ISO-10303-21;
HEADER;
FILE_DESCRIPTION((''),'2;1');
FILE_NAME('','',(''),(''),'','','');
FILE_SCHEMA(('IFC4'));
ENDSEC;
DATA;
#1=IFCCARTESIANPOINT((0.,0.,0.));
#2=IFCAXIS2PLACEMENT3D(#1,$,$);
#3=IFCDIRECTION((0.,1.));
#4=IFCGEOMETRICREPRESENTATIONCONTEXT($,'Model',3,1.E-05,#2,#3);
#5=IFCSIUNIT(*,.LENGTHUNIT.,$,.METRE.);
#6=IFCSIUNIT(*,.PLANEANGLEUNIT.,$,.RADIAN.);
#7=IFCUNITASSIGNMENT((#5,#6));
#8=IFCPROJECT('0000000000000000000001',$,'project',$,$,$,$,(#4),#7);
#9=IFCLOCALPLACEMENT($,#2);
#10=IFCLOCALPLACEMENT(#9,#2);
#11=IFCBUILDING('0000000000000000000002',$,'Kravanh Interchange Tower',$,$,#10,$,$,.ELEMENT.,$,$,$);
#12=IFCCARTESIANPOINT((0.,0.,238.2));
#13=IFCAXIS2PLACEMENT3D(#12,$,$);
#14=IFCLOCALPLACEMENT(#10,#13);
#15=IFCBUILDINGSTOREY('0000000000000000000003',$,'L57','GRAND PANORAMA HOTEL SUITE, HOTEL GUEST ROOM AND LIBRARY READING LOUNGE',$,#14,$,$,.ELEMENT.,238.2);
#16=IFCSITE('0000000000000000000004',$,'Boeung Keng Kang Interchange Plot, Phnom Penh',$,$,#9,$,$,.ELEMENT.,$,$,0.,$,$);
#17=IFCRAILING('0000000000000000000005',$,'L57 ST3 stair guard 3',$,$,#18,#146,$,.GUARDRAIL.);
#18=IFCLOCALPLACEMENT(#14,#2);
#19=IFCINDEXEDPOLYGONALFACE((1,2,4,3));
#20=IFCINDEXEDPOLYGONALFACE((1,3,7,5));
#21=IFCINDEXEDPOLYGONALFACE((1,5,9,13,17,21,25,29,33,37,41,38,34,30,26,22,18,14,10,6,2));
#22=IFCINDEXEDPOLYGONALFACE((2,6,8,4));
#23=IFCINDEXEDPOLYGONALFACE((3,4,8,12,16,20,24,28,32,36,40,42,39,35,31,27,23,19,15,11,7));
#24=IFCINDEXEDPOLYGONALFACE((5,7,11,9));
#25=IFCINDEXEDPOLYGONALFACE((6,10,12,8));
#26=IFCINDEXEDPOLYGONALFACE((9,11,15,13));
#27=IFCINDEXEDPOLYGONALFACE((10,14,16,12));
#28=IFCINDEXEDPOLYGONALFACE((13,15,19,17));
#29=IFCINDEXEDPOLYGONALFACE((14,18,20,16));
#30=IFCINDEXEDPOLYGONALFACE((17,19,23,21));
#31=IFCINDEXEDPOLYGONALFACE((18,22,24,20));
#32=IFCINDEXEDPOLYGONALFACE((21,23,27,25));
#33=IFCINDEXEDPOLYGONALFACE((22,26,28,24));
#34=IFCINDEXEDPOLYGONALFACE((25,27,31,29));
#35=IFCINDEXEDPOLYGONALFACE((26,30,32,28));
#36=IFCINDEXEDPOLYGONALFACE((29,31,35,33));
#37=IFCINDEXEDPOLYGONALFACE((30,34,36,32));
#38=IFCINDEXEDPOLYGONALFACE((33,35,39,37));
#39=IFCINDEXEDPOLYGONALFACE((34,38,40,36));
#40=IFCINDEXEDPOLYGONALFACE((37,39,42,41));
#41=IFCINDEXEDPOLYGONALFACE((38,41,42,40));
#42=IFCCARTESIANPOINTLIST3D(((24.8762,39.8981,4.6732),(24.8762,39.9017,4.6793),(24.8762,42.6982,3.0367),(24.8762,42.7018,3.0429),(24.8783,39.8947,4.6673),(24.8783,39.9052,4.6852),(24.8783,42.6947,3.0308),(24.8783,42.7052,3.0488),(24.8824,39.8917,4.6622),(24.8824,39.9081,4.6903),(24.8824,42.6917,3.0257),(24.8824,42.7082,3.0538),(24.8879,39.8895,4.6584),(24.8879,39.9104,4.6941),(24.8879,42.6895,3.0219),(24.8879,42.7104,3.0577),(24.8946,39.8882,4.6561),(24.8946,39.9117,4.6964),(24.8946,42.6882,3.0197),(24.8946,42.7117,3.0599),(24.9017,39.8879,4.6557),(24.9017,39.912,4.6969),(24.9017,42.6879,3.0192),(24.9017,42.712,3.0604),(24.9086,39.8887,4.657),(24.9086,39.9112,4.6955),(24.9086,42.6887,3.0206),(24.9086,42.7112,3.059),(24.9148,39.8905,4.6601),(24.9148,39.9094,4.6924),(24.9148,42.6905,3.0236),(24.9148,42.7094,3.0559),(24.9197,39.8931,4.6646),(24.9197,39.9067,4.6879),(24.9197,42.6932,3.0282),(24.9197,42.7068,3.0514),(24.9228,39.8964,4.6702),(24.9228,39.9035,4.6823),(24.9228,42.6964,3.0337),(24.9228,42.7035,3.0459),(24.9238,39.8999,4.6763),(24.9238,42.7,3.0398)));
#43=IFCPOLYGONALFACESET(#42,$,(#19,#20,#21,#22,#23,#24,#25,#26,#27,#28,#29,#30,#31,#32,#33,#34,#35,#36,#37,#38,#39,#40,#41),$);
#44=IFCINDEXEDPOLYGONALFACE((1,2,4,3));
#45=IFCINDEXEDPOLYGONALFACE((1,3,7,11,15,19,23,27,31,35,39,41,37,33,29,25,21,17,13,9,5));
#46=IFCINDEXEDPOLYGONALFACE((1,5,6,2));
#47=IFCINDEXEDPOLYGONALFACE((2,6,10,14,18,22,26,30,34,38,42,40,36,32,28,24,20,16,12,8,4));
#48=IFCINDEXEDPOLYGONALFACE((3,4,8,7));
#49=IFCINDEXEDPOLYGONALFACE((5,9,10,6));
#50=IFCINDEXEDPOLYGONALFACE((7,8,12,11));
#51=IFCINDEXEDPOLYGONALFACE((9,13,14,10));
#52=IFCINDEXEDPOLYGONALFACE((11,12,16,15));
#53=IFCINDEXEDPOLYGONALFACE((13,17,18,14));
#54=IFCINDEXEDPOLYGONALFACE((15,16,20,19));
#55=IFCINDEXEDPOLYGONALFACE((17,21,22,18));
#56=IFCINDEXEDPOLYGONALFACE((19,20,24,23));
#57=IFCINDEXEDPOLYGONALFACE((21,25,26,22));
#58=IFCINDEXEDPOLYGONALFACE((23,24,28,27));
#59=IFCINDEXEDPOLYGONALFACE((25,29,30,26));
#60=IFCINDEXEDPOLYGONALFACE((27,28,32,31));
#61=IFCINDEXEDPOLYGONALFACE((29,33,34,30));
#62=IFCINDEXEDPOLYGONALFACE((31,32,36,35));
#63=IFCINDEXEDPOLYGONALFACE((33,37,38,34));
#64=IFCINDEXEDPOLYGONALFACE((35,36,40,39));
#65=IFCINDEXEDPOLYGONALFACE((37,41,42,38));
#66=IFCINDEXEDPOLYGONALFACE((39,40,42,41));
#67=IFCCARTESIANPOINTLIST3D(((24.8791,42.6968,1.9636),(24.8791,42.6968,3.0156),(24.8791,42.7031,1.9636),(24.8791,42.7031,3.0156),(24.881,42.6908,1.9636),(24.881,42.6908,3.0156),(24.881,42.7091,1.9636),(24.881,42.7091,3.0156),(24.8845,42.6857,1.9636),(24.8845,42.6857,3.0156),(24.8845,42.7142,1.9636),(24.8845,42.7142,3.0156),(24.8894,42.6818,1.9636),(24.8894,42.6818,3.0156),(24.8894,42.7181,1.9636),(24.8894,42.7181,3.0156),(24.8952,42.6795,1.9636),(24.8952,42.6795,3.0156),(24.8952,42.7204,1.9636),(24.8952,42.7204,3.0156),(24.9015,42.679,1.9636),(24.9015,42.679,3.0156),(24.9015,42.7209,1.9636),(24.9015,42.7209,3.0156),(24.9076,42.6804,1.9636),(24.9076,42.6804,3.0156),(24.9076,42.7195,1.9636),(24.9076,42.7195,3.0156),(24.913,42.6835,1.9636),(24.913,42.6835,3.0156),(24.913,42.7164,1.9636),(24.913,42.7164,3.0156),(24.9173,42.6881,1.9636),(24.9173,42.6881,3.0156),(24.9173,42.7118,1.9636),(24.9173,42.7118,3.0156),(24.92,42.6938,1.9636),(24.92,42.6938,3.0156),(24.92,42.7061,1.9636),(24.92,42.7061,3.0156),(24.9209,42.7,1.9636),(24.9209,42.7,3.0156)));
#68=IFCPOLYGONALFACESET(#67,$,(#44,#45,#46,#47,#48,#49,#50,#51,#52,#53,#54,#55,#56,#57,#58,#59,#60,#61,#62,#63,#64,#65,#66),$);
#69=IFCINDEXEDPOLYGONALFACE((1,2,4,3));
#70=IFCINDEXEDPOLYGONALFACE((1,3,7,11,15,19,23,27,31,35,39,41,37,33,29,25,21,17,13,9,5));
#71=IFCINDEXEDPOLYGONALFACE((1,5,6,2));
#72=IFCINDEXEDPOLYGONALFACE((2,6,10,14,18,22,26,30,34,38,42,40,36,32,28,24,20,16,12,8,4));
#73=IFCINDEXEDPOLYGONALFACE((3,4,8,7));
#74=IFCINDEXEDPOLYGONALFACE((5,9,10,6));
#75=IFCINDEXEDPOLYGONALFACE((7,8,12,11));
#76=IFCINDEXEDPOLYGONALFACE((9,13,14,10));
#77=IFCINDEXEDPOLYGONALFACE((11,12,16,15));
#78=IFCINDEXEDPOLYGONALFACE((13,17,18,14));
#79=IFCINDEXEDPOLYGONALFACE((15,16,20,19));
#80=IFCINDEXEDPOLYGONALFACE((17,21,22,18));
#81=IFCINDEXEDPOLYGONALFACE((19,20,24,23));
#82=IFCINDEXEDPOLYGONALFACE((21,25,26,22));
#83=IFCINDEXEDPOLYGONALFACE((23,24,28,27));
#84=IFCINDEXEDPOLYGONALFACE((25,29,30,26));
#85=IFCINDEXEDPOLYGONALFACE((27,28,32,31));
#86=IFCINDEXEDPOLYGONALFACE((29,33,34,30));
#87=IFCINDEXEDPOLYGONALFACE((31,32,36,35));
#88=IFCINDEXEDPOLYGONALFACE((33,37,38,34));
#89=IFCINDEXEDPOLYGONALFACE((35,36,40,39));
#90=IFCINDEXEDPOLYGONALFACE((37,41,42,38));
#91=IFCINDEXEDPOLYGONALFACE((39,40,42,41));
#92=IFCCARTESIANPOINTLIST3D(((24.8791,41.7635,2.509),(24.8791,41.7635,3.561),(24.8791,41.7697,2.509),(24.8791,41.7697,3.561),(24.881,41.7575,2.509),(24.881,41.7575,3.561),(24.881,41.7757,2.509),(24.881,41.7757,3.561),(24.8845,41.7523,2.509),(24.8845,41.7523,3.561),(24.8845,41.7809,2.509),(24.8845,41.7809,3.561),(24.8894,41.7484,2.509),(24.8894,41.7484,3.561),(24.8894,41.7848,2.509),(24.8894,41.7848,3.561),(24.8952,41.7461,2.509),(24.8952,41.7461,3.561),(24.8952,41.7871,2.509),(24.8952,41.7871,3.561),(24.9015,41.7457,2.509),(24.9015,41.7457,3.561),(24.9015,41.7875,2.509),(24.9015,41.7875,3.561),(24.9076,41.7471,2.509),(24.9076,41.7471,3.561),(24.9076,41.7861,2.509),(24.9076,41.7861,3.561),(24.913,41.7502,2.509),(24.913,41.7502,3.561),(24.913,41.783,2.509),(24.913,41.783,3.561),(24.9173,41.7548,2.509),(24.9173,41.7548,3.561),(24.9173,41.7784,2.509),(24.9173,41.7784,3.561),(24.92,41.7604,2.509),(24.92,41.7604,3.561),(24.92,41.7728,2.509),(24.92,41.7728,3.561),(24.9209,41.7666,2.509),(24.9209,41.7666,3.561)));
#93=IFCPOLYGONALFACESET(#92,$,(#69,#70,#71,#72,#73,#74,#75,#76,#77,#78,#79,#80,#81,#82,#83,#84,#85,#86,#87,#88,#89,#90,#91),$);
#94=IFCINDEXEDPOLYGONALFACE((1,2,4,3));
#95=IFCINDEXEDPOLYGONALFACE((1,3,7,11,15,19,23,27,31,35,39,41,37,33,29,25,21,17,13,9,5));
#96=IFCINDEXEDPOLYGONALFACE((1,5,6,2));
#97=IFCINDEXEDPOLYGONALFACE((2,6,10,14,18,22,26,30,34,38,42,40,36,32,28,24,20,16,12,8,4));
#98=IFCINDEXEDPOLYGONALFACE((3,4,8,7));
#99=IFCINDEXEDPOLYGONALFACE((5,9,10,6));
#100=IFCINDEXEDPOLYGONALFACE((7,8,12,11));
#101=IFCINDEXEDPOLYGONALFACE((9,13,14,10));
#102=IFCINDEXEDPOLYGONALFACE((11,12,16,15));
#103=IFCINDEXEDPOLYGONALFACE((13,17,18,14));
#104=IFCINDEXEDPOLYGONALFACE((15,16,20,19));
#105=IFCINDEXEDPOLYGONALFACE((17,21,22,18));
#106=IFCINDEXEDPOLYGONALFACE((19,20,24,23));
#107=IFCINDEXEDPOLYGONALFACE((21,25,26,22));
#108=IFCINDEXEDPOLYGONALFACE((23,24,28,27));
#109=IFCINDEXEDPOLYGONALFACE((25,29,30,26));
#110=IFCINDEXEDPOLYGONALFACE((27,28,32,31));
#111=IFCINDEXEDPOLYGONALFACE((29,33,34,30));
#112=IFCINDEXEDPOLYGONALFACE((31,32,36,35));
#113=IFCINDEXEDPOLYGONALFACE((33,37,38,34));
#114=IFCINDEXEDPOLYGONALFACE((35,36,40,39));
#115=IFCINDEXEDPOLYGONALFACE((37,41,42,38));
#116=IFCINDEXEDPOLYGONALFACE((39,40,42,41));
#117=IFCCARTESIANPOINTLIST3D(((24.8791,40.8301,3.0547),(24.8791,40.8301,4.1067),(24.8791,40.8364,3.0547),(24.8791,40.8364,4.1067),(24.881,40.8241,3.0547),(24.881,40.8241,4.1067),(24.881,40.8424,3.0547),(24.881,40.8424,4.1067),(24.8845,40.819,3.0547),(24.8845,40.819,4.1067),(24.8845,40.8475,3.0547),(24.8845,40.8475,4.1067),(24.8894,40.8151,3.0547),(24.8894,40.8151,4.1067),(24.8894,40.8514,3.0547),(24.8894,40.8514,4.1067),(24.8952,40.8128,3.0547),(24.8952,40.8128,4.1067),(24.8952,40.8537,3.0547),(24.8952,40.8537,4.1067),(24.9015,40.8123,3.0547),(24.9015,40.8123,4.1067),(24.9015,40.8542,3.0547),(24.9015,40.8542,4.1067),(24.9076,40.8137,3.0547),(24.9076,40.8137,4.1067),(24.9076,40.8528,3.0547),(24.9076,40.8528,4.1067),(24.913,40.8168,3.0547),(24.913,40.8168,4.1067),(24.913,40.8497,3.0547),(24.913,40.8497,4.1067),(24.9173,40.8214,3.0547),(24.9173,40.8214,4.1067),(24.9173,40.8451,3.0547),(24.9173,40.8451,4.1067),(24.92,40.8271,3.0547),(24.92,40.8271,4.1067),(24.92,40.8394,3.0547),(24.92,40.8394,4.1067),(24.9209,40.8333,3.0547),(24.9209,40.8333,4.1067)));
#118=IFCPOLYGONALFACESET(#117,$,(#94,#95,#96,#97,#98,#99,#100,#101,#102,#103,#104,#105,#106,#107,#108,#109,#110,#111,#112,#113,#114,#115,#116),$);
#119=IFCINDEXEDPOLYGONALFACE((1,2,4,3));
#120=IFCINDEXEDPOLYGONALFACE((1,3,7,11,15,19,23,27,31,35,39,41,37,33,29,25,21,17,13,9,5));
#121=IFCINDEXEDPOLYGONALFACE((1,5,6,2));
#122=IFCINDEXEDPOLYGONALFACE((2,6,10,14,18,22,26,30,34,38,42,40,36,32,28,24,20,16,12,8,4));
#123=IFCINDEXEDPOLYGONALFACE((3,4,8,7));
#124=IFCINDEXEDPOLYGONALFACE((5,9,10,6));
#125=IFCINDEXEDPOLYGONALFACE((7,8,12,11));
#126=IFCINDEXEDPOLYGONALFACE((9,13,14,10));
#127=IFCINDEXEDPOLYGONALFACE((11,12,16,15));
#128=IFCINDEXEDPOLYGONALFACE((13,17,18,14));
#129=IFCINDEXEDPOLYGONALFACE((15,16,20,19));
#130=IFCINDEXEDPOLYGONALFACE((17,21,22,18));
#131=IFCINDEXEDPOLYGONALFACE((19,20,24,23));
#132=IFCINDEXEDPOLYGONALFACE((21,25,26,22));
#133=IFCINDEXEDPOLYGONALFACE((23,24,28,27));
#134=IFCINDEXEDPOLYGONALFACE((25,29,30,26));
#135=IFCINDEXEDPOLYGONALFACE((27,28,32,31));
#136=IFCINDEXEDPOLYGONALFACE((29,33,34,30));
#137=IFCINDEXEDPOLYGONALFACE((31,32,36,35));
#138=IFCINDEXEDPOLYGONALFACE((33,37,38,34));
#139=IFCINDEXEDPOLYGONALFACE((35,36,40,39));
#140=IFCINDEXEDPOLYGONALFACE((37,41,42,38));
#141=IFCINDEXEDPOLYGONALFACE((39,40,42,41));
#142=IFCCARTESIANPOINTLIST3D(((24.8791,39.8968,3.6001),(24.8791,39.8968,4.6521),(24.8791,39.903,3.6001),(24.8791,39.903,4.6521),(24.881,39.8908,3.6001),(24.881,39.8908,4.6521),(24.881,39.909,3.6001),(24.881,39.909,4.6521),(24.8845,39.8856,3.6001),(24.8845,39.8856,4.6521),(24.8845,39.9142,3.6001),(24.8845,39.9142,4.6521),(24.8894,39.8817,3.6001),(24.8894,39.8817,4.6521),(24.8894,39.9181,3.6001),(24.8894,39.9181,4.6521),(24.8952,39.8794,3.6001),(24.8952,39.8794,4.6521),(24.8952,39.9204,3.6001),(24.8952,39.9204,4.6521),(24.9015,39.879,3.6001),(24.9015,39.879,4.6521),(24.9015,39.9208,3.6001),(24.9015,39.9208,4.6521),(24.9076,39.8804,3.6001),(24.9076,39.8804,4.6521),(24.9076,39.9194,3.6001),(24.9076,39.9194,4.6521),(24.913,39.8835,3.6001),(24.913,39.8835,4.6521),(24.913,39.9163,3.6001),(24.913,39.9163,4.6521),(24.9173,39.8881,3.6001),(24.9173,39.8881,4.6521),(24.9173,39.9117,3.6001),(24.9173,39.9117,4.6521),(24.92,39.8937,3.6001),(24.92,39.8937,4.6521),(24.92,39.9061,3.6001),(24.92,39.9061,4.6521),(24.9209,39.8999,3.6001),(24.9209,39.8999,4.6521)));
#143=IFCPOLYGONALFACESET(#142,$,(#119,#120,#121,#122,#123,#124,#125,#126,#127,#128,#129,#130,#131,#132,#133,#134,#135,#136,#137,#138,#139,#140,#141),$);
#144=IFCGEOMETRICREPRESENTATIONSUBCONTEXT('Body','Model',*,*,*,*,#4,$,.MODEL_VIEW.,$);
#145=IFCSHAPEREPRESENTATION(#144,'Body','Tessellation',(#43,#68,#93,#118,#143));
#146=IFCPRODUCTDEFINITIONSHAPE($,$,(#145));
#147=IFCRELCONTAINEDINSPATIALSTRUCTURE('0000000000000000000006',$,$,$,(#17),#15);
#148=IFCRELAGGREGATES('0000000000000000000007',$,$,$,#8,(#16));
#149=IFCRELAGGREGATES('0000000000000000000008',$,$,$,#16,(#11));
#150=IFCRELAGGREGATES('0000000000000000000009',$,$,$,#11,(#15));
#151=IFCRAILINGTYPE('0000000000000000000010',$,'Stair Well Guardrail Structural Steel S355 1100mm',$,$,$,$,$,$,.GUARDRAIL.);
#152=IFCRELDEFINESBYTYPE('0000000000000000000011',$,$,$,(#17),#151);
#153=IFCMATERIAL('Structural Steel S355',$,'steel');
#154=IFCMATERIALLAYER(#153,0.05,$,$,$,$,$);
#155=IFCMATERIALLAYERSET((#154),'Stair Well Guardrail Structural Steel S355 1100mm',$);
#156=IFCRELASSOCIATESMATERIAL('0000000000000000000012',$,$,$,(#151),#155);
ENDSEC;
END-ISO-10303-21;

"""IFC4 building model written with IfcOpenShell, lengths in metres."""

from ifc_helpers import new_model, si_unit, direction, frame, origin, origin_2d, place, context, subcontext, project, spatial, circle, extrude, material, layer, layer_set, type_object, element, save


model = new_model("IFC4")

# Units and contexts
model_context = context("Model", 3, precision=1e-05, world=origin(), true_north=direction((0.0, 1.0)))
body_context = subcontext(model_context, "Body", "Model", "MODEL_VIEW")
ifc_project = project(units=[si_unit("LENGTHUNIT", "METRE"), si_unit("PLANEANGLEUNIT", "RADIAN")], contexts=[model_context])

# Site, building, storey
site_placement = place(None, origin())
site = spatial("IfcSite", under=ifc_project, at=site_placement, Name="Boeung Keng Kang Interchange Plot, Phnom Penh", CompositionType="ELEMENT", RefElevation=0.0)
building_placement = place(site_placement, origin())
building = spatial("IfcBuilding", under=site, at=building_placement, Name="Kravanh Interchange Tower", CompositionType="ELEMENT")
storey_placement = place(building_placement, frame((0.0, 0.0, 238.2)))
storey = spatial("IfcBuildingStorey", under=building, at=storey_placement, Name="L57", Description="GRAND PANORAMA HOTEL SUITE, HOTEL GUEST ROOM AND LIBRARY READING LOUNGE", CompositionType="ELEMENT", Elevation=238.2)

# Railing
ifc_material_1 = material(Name="Structural Steel S355", Category="steel")
ifc_layer_1 = layer(ifc_material_1, 0.05)
ifc_layer_set_1 = layer_set([ifc_layer_1], Name="Stair Well Guardrail Structural Steel S355 1100mm")
railing_type_1 = type_object("IfcRailingType", Name="Stair Well Guardrail Structural Steel S355 1100mm", PredefinedType="GUARDRAIL", material=ifc_layer_set_1)
railing_1_placement = place(storey_placement, frame((24.8999, 42.7, 1.9636)))
element("IfcRailing", 1, at=railing_1_placement, inside=storey, type_object=railing_type_1, Name="L57 ST3 stair guard 3", PredefinedType="GUARDRAIL", context=body_context, shape_type="SweptSolid", body=[
    extrude(circle(Radius=0.0239, at=origin_2d()), frame((0.0, 0.0, 1.0762), z_axis=(0.0, -0.863361, 0.504587), x_axis=(1.0, 0.0, 0.0)), (0.0, 0.0, 1.0), 3.2432),
    extrude(circle(Radius=0.021, at=origin_2d()), origin(), (0.0, 0.0, 1.0), 1.052),
    extrude(circle(Radius=0.021, at=origin_2d()), frame((0.0, -0.9333, 0.5454)), (0.0, 0.0, 1.0), 1.052),
    extrude(circle(Radius=0.021, at=origin_2d()), frame((0.0, -1.8667, 1.0911)), (0.0, 0.0, 1.0), 1.052),
    extrude(circle(Radius=0.021, at=origin_2d()), frame((0.0, -2.8, 1.6365)), (0.0, 0.0, 1.0), 1.052),
])

save(model, "model.ifc")
